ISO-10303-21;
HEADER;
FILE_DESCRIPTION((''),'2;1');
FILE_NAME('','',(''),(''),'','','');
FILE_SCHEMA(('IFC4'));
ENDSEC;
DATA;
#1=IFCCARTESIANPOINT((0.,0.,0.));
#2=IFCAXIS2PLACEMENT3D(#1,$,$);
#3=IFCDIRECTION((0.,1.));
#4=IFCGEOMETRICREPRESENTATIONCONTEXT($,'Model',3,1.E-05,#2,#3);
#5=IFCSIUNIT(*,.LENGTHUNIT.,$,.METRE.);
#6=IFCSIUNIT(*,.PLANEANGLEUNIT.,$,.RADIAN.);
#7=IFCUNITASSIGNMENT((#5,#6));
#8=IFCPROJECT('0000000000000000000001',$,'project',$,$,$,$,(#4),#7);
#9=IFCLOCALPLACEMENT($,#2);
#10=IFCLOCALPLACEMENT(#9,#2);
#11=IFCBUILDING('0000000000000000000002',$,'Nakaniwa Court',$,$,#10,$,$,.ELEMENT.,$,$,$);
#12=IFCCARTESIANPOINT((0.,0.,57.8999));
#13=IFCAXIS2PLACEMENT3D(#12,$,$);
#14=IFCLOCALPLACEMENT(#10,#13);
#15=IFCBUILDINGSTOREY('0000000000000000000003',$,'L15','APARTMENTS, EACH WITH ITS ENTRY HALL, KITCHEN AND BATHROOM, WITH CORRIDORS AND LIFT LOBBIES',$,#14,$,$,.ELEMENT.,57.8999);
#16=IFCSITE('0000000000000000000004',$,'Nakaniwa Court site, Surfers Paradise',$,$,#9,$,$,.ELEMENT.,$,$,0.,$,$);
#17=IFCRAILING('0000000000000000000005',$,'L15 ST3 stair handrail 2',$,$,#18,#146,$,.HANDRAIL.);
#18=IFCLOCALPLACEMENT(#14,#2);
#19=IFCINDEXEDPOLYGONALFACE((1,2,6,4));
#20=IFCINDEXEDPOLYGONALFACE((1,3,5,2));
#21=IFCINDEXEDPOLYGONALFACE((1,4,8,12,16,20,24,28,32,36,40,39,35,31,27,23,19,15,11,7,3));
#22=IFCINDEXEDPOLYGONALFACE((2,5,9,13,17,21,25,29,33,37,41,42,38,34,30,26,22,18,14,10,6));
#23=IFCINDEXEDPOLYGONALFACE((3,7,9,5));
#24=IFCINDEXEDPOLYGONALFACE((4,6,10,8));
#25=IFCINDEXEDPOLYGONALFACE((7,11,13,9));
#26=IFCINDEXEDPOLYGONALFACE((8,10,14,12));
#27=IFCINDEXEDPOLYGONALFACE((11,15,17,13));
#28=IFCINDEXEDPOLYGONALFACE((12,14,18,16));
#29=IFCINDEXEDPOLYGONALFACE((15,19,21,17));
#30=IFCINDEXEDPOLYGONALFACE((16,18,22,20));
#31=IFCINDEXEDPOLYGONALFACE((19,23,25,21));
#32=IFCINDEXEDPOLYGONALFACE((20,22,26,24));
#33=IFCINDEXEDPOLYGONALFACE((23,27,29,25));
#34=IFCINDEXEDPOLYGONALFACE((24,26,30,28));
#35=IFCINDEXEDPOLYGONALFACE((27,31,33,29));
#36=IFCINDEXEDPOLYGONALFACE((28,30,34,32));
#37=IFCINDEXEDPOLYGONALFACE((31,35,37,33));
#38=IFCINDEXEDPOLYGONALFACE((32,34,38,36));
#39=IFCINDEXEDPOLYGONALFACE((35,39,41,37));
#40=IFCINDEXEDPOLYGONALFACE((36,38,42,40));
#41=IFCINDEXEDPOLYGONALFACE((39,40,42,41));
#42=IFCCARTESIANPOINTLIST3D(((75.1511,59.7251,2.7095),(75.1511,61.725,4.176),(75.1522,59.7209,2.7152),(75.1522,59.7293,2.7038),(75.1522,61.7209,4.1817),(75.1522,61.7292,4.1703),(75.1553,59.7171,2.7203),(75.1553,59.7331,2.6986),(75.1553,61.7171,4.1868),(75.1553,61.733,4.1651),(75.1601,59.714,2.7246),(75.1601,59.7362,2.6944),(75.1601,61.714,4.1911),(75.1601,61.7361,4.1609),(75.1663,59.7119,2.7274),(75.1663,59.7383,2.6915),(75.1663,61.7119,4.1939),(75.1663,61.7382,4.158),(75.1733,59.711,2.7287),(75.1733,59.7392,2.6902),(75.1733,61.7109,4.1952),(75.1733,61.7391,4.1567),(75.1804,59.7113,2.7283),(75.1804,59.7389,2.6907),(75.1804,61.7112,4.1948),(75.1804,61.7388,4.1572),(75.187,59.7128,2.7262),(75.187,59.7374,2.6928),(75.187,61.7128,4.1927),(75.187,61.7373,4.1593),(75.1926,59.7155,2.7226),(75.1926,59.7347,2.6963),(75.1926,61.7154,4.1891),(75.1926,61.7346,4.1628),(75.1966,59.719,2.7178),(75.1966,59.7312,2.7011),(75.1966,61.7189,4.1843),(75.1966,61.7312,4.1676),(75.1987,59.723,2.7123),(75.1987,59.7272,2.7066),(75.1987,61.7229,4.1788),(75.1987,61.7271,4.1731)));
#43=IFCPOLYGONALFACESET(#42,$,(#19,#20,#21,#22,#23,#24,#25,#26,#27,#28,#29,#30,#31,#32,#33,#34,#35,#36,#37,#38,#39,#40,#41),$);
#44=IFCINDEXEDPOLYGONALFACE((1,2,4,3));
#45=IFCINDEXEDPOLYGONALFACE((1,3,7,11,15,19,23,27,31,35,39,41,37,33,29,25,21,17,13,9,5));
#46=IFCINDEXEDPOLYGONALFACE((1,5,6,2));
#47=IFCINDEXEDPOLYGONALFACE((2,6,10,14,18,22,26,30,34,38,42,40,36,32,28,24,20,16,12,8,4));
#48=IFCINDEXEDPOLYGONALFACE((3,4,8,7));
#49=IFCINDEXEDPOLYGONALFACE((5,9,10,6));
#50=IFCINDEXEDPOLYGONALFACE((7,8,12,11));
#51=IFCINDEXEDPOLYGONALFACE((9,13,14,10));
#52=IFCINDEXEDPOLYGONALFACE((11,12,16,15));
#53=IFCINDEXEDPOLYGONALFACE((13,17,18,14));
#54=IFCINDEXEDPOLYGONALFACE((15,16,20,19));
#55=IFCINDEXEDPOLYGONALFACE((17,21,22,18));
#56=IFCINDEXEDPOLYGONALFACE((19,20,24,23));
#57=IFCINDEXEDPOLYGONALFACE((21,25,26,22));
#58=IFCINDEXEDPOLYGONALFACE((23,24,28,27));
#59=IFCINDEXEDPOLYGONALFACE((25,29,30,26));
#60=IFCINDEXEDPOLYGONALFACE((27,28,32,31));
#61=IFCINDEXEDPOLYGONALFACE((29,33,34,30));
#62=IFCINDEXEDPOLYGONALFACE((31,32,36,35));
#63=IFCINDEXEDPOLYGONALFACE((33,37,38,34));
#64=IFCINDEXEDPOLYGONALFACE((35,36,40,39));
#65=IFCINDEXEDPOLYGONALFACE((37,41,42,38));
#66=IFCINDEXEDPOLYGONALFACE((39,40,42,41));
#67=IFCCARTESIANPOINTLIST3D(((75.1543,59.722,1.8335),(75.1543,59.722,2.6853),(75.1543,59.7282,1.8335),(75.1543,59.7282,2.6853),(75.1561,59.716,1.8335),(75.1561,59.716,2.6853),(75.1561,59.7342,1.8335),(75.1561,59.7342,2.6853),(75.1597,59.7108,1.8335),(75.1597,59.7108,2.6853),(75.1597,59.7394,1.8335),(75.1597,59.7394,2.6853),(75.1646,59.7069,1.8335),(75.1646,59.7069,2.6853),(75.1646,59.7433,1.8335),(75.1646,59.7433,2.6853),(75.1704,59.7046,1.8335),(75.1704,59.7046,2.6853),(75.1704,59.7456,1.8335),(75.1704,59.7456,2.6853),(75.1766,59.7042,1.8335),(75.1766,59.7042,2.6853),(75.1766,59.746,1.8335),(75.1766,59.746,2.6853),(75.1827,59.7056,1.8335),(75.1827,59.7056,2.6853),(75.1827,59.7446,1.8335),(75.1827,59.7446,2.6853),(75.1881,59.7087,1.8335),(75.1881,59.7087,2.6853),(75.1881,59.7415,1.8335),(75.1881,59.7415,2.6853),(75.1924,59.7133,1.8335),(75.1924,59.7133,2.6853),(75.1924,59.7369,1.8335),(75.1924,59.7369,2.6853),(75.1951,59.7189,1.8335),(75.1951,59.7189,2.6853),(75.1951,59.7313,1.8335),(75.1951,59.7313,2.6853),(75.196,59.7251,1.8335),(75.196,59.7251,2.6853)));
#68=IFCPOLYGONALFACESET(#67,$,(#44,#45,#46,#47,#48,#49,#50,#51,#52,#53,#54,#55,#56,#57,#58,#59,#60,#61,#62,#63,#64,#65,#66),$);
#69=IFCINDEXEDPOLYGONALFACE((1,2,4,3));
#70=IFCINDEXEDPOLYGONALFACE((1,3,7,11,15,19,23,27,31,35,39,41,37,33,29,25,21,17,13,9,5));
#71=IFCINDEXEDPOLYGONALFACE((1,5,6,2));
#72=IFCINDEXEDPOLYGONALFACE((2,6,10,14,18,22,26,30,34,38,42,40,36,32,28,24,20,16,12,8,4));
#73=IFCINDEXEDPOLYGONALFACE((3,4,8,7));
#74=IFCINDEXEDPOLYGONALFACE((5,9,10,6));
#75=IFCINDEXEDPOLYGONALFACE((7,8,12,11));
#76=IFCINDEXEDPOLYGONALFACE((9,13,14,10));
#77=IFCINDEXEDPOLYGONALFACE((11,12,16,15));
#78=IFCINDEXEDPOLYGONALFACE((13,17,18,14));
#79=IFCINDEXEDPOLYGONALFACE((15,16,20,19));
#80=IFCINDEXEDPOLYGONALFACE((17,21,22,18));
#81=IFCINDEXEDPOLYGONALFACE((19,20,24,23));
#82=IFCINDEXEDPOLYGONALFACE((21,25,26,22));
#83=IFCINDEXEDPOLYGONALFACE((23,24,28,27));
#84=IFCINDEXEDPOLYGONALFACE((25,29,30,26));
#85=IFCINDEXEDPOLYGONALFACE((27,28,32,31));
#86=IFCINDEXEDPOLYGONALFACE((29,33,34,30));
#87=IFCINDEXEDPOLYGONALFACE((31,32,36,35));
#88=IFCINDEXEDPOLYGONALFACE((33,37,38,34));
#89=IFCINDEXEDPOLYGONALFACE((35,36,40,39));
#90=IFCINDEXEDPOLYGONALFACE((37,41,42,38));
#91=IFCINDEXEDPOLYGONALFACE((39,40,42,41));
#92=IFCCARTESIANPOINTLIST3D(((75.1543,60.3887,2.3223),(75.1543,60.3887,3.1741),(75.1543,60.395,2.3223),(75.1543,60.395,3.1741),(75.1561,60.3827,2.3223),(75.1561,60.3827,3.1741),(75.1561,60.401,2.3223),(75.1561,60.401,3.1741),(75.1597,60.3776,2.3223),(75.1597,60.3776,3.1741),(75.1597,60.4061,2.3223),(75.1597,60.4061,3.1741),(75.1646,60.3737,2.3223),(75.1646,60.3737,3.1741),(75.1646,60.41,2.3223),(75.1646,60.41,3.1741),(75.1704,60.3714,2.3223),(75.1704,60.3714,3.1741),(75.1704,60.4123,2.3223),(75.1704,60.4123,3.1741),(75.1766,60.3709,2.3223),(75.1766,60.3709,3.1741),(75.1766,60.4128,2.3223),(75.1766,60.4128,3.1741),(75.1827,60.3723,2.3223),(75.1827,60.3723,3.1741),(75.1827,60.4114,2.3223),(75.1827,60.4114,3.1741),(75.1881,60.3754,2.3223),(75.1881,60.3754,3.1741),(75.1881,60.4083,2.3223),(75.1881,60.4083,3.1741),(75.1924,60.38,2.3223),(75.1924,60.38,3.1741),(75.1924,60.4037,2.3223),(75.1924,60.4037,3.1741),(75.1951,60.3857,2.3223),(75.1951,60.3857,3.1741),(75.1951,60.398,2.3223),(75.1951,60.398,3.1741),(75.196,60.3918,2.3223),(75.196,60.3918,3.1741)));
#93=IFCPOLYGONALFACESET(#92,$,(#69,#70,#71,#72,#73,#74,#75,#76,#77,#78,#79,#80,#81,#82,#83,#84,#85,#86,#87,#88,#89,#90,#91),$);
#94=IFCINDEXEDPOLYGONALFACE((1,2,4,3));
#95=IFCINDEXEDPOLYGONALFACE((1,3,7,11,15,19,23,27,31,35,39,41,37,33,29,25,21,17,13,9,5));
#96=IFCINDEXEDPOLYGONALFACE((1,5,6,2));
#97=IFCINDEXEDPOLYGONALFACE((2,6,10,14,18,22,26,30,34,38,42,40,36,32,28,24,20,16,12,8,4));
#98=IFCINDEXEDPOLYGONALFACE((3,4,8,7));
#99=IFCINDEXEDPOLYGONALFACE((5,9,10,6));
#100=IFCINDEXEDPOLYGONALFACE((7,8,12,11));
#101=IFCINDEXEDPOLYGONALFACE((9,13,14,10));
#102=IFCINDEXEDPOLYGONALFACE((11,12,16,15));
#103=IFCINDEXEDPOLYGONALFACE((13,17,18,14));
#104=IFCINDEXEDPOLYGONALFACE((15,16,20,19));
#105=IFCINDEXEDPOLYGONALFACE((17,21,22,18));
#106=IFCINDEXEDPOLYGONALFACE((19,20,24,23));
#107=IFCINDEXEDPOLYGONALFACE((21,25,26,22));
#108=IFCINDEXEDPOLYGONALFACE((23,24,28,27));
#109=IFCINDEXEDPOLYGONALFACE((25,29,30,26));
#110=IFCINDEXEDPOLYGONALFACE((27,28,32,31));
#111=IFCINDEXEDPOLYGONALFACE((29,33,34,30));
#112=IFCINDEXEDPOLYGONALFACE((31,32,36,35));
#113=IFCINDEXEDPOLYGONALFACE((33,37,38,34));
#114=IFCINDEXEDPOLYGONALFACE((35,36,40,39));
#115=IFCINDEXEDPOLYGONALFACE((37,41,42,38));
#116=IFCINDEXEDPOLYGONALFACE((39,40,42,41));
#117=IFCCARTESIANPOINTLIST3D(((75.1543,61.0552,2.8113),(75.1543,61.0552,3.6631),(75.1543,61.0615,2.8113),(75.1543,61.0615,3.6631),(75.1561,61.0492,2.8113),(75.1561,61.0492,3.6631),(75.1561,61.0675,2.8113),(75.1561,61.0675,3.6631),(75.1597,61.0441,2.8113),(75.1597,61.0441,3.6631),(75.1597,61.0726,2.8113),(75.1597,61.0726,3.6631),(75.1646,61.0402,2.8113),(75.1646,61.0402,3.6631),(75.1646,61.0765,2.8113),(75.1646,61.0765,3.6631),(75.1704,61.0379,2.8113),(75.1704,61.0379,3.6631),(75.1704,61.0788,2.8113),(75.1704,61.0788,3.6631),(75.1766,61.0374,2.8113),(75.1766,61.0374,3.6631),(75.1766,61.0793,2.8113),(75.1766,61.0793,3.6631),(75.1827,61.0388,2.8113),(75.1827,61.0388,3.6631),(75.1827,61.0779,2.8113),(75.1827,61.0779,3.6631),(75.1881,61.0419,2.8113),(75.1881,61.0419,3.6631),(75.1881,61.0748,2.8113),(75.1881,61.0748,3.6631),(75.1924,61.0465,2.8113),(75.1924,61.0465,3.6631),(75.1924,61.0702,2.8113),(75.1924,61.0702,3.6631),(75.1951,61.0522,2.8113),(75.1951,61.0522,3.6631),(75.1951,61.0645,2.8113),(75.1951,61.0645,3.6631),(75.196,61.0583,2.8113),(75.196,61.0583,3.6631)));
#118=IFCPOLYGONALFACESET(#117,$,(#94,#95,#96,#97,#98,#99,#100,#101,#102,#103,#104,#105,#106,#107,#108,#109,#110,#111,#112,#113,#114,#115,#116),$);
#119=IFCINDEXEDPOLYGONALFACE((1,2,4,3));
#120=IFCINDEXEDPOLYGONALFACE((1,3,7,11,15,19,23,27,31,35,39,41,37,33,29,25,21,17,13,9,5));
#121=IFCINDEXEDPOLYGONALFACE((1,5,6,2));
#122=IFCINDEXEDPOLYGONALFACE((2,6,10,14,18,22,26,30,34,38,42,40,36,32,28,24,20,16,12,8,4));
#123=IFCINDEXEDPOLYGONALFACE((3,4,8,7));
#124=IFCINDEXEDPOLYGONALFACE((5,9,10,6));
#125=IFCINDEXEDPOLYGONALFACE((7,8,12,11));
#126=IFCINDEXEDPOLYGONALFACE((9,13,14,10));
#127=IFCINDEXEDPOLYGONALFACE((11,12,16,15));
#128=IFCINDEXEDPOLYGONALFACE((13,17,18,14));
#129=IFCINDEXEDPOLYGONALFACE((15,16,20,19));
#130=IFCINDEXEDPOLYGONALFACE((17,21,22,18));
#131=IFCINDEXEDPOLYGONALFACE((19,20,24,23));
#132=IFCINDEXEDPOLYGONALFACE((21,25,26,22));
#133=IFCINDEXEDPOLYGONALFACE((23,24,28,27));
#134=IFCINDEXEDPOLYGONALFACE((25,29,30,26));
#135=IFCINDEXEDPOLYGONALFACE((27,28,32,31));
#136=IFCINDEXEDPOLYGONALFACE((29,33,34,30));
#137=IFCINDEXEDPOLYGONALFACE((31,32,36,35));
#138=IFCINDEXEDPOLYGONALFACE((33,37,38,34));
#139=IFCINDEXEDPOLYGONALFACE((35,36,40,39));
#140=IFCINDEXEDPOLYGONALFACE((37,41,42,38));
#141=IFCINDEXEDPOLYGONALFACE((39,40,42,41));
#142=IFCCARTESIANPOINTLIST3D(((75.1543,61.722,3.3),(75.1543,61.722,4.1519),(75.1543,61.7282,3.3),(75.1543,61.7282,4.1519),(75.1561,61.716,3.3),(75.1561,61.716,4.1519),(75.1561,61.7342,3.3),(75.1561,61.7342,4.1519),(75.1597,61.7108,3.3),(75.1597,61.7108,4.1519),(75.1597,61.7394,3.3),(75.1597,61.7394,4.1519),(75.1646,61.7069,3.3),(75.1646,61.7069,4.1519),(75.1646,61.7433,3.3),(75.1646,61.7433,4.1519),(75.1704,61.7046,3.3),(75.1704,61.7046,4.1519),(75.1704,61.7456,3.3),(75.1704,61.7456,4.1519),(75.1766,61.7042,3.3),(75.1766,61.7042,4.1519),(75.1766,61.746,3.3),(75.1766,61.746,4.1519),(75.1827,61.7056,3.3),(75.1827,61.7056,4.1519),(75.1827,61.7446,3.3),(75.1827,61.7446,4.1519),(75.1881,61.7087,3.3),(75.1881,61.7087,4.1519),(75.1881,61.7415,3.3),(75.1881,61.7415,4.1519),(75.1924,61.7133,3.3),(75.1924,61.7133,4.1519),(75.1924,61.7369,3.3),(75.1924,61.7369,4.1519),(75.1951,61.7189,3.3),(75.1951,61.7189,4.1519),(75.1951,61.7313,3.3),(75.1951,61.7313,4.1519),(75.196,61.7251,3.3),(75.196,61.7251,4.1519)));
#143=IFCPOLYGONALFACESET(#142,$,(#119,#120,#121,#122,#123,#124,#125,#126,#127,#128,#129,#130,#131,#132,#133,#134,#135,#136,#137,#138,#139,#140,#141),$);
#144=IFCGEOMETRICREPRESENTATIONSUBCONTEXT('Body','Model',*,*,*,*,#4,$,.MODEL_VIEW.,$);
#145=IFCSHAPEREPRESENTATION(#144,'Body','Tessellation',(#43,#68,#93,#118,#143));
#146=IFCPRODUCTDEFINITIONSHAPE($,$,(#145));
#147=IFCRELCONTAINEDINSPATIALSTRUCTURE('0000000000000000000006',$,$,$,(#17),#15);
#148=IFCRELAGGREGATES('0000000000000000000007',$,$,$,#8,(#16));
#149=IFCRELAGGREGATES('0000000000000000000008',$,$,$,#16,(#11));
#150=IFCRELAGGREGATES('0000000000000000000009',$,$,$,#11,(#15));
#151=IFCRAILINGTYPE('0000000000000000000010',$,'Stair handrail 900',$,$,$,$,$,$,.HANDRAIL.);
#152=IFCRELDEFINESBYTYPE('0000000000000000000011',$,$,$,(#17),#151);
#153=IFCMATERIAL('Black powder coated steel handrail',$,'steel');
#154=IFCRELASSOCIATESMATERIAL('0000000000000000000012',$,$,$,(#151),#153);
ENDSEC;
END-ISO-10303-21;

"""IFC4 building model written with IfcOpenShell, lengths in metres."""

from ifc_helpers import new_model, si_unit, direction, frame, origin, origin_2d, place, context, subcontext, project, spatial, circle, extrude, material, type_object, element, save


model = new_model("IFC4")

# Units and contexts
model_context = context("Model", 3, precision=1e-05, world=origin(), true_north=direction((0.0, 1.0)))
body_context = subcontext(model_context, "Body", "Model", "MODEL_VIEW")
ifc_project = project(units=[si_unit("LENGTHUNIT", "METRE"), si_unit("PLANEANGLEUNIT", "RADIAN")], contexts=[model_context])

# Site, building, storey
site_placement = place(None, origin())
site = spatial("IfcSite", under=ifc_project, at=site_placement, Name="Nakaniwa Court site, Surfers Paradise", CompositionType="ELEMENT", RefElevation=0.0)
building_placement = place(site_placement, origin())
building = spatial("IfcBuilding", under=site, at=building_placement, Name="Nakaniwa Court", CompositionType="ELEMENT")
storey_placement = place(building_placement, frame((0.0, 0.0, 57.8999)))
storey = spatial("IfcBuildingStorey", under=building, at=storey_placement, Name="L15", Description="APARTMENTS, EACH WITH ITS ENTRY HALL, KITCHEN AND BATHROOM, WITH CORRIDORS AND LIFT LOBBIES", CompositionType="ELEMENT", Elevation=57.8999)

# Railing
ifc_material_1 = material(Name="Black powder coated steel handrail", Category="steel")
railing_type_1 = type_object("IfcRailingType", Name="Stair handrail 900", PredefinedType="HANDRAIL", material=ifc_material_1)
railing_1_placement = place(storey_placement, frame((75.175, 59.7251, 1.8335)))
element("IfcRailing", 1, at=railing_1_placement, inside=storey, type_object=railing_type_1, Name="L15 ST3 stair handrail 2", PredefinedType="HANDRAIL", context=body_context, shape_type="SweptSolid", body=[
    extrude(circle(Radius=0.0239, at=origin_2d()), frame((0.0, 0.0, 0.876), z_axis=(0.0, 0.806427, 0.591334), x_axis=(-1.0, 0.0, 0.0)), (0.0, 0.0, 1.0), 2.48),
    extrude(circle(Radius=0.021, at=origin_2d()), origin(), (0.0, 0.0, 1.0), 0.8518),
    extrude(circle(Radius=0.021, at=origin_2d()), frame((0.0, 0.6667, 0.4888)), (0.0, 0.0, 1.0), 0.8518),
    extrude(circle(Radius=0.021, at=origin_2d()), frame((0.0, 1.3333, 0.9778)), (0.0, 0.0, 1.0), 0.8518),
    extrude(circle(Radius=0.021, at=origin_2d()), frame((0.0, 2.0, 1.4666)), (0.0, 0.0, 1.0), 0.8518),
])

save(model, "model.ifc")
